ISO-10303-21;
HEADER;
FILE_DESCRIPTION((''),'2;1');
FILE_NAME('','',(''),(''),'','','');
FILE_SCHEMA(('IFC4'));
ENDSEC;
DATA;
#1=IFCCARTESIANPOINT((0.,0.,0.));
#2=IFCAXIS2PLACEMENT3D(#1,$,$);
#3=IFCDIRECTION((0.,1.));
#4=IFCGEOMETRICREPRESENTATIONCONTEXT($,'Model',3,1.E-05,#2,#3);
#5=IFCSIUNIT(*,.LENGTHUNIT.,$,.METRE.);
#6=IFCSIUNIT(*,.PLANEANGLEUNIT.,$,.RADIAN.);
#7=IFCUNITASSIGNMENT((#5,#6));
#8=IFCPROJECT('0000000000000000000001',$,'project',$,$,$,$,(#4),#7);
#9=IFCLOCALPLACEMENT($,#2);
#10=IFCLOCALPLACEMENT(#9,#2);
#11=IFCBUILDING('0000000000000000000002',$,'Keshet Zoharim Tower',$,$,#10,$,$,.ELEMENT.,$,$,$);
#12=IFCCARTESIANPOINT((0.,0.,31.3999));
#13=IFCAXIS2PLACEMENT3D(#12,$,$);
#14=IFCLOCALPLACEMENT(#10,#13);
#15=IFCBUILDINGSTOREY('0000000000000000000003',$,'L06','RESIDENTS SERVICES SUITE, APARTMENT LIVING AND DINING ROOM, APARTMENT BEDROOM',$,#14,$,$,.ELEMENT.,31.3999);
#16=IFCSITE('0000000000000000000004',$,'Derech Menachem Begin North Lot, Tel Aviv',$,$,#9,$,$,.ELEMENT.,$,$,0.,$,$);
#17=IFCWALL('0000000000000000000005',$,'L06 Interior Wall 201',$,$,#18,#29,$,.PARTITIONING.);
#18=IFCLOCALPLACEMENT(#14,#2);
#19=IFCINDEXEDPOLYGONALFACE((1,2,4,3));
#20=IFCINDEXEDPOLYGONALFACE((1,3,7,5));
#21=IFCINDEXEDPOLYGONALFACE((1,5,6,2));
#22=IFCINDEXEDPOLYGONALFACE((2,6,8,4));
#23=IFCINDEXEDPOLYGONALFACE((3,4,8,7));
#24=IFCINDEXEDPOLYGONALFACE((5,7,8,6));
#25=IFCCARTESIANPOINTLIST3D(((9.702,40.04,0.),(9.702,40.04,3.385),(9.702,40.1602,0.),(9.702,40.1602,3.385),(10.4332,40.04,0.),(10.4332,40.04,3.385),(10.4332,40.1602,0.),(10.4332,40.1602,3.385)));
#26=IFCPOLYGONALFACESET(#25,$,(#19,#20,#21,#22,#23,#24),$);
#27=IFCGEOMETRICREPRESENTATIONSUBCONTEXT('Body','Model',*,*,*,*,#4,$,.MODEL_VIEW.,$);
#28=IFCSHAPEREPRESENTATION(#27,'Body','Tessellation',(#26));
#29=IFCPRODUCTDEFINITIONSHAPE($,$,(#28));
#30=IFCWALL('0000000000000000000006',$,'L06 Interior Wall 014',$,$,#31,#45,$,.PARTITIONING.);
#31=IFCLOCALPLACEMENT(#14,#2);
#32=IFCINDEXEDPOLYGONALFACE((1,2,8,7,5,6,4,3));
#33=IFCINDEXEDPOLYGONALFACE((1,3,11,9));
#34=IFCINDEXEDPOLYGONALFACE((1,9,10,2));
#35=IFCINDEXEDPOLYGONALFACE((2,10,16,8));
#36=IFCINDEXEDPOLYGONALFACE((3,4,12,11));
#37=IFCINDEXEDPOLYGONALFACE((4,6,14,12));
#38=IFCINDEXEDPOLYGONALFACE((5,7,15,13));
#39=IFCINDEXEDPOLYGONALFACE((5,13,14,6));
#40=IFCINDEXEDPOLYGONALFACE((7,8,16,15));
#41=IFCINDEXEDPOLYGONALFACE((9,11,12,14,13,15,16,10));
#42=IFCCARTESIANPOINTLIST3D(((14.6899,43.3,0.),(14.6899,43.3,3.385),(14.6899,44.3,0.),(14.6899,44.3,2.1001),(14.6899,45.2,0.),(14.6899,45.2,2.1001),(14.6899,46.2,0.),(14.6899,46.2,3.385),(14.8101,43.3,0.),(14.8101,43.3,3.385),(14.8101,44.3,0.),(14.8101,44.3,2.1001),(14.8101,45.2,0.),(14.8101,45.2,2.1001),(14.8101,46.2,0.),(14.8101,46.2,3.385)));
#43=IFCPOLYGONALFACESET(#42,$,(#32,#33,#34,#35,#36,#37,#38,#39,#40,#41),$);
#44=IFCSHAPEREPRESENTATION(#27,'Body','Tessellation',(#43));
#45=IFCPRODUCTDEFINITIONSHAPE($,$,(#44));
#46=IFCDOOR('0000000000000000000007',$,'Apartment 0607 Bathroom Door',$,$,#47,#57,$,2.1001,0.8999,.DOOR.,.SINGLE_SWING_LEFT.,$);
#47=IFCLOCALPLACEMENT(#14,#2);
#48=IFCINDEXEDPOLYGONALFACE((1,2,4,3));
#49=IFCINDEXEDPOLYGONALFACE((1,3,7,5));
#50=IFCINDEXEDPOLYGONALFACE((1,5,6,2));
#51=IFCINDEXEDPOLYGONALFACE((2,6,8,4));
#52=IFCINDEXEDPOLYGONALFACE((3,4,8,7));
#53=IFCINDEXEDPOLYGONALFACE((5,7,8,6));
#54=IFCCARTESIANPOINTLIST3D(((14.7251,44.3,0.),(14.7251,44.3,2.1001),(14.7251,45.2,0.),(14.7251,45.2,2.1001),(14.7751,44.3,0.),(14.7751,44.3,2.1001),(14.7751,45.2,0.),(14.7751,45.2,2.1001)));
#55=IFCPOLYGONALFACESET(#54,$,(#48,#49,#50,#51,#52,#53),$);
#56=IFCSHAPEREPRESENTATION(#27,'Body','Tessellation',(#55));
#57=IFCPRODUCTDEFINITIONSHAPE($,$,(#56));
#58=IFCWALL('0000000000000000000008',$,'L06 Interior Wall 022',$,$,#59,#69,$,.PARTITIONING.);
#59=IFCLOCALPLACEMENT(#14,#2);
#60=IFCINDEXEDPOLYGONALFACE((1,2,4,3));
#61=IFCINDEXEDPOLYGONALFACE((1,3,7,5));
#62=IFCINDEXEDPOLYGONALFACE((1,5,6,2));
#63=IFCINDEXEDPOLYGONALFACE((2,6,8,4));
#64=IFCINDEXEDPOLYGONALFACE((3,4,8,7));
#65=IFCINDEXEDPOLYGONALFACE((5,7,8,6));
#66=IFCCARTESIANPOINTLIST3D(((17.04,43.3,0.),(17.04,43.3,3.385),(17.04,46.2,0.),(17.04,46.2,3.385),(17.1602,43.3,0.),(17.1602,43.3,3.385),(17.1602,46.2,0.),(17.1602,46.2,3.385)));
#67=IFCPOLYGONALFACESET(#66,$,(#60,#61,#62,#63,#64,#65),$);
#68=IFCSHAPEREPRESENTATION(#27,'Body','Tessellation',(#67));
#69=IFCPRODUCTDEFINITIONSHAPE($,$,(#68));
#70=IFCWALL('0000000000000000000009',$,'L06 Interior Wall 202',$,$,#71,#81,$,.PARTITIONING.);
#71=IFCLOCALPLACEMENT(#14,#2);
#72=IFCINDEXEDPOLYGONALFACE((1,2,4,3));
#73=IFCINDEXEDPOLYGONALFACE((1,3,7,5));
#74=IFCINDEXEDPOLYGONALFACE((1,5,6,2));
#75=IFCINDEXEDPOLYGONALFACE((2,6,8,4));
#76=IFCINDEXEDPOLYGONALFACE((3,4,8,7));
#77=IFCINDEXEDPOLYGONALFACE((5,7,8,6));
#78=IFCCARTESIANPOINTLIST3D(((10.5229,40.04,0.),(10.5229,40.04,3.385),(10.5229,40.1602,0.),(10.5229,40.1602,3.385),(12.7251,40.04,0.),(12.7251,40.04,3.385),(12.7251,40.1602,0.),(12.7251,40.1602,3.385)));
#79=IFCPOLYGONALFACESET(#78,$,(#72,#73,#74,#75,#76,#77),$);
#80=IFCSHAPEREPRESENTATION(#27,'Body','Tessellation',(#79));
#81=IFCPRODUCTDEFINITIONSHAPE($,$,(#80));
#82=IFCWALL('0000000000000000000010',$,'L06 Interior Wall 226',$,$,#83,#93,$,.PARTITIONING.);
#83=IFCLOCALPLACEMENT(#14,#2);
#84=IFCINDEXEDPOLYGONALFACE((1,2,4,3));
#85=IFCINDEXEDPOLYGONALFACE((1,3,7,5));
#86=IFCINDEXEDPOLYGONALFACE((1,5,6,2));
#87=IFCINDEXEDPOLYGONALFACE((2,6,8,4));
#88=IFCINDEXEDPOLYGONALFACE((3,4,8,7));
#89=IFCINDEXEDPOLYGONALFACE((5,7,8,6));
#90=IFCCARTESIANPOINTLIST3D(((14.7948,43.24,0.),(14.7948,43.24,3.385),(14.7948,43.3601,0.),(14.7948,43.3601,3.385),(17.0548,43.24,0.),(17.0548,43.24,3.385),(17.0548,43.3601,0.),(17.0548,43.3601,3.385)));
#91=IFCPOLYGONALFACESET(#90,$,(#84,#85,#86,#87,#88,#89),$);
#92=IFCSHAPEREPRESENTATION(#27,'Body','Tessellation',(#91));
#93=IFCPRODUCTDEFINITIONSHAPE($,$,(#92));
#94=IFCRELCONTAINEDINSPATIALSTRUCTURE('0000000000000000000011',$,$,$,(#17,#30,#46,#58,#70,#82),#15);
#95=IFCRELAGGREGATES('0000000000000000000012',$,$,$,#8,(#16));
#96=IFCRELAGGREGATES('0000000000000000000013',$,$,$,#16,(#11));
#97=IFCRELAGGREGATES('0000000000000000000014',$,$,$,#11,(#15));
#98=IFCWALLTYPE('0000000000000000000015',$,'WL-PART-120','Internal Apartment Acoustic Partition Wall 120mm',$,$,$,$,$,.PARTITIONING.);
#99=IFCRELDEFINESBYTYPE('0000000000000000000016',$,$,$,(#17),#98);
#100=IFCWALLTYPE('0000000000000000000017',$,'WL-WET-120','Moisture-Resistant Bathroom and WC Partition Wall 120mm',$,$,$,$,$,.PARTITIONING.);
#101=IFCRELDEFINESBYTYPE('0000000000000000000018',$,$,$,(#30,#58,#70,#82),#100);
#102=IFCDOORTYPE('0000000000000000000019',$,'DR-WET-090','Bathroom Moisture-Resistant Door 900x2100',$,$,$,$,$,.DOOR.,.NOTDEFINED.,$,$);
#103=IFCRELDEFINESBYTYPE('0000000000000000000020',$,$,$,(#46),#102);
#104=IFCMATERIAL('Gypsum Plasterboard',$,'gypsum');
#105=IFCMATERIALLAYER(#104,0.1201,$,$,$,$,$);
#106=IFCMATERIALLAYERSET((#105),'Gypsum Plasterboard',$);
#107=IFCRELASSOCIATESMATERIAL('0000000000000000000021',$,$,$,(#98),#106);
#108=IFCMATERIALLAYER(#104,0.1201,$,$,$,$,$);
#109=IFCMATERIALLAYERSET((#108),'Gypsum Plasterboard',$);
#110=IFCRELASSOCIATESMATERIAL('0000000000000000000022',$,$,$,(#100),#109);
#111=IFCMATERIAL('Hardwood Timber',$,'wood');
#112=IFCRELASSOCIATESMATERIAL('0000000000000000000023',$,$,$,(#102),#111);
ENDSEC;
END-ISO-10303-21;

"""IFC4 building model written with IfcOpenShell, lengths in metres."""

from ifc_helpers import new_model, si_unit, direction, frame, frame_2d, origin, place, context, subcontext, project, spatial, rectangle, extrude, material, layer, layer_set, type_object, element, fill, save


model = new_model("IFC4")

# Units and contexts
model_context = context("Model", 3, precision=1e-05, world=origin(), true_north=direction((0.0, 1.0)))
body_context = subcontext(model_context, "Body", "Model", "MODEL_VIEW")
ifc_project = project(units=[si_unit("LENGTHUNIT", "METRE"), si_unit("PLANEANGLEUNIT", "RADIAN")], contexts=[model_context])

# Site, building, storey
site_placement = place(None, origin())
site = spatial("IfcSite", under=ifc_project, at=site_placement, Name="Derech Menachem Begin North Lot, Tel Aviv", CompositionType="ELEMENT", RefElevation=0.0)
building_placement = place(site_placement, origin())
building = spatial("IfcBuilding", under=site, at=building_placement, Name="Keshet Zoharim Tower", CompositionType="ELEMENT")
storey_placement = place(building_placement, frame((0.0, 0.0, 31.3999)))
storey = spatial("IfcBuildingStorey", under=building, at=storey_placement, Name="L06", Description="RESIDENTS SERVICES SUITE, APARTMENT LIVING AND DINING ROOM, APARTMENT BEDROOM", CompositionType="ELEMENT", Elevation=31.3999)

# Shared definitions
ifc_material_1 = material(Name="Gypsum Plasterboard", Category="gypsum")

# Shared definitions
ifc_material_2 = material(Name="Hardwood Timber", Category="wood")
ifc_layer_1 = layer(ifc_material_1, 0.1201)
ifc_layer_set_1 = layer_set([ifc_layer_1], Name="Gypsum Plasterboard")
wall_type_1 = type_object("IfcWallType", Name="WL-PART-120", Description="Internal Apartment Acoustic Partition Wall 120mm", PredefinedType="PARTITIONING", material=ifc_layer_set_1)

# Wall
wall_1_placement = place(storey_placement, frame((9.7019, 40.1001, 0.0), z_axis=(0.0, 0.0, 1.0), x_axis=(1.0, 0.0, 0.0)))
element("IfcWall", 1, at=wall_1_placement, inside=storey, type_object=wall_type_1, Name="L06 Interior Wall 201", PredefinedType="PARTITIONING", context=body_context, shape_type="SweptSolid", body=[
    extrude(rectangle(XDim=0.7312, YDim=0.1201, at=frame_2d((0.3657, 0.0))), origin(), (0.0, 0.0, 1.0), 3.385),
])

# Wall, opening, door
ifc_layer_2 = layer(ifc_material_1, 0.1201)
ifc_layer_set_2 = layer_set([ifc_layer_2], Name="Gypsum Plasterboard")
wall_type_2 = type_object("IfcWallType", Name="WL-WET-120", Description="Moisture-Resistant Bathroom and WC Partition Wall 120mm", PredefinedType="PARTITIONING", material=ifc_layer_set_2)
wall_2_placement = place(storey_placement, frame((14.75, 43.3, 0.0), z_axis=(0.0, 0.0, 1.0), x_axis=(0.0, 1.0, 0.0)))
wall_2 = element("IfcWall", 2, at=wall_2_placement, inside=storey, type_object=wall_type_2, Name="L06 Interior Wall 014", PredefinedType="PARTITIONING", context=body_context, shape_type="SweptSolid", body=[
    extrude(rectangle(XDim=2.8999, YDim=0.1201, at=frame_2d((1.45, 0.0))), origin(), (0.0, 0.0, 1.0), 3.385),
])
opening_1_placement = place(wall_2_placement, frame((1.0, 0.0, 0.0)))
opening_1 = element("IfcOpeningElement", 3, at=opening_1_placement, cuts=wall_2, PredefinedType="OPENING", context=body_context, shape_type="SweptSolid", body=[
    extrude(rectangle(XDim=0.8999, YDim=2.1001, at=frame_2d((0.45, 1.05))), frame((0.0, 0.0701, 0.0), z_axis=(0.0, -1.0, 0.0), x_axis=(1.0, 0.0, 0.0)), (0.0, 0.0, 1.0), 0.1401),
])
door_type_1 = type_object("IfcDoorType", Name="DR-WET-090", Description="Bathroom Moisture-Resistant Door 900x2100", OperationType="NOTDEFINED", PredefinedType="DOOR", material=ifc_material_2)
door_1_placement = place(opening_1_placement, origin())
door_1 = element("IfcDoor", 4, at=door_1_placement, inside=storey, type_object=door_type_1, Name="Apartment 0607 Bathroom Door", OperationType="SINGLE_SWING_LEFT", OverallHeight=2.1001, OverallWidth=0.8999, PredefinedType="DOOR", context=body_context, shape_type="SweptSolid", body=[
    extrude(rectangle(XDim=0.8999, YDim=2.1001, at=frame_2d((0.45, 1.05))), frame((0.0, 0.0249, 0.0), z_axis=(0.0, -1.0, 0.0), x_axis=(1.0, 0.0, 0.0)), (0.0, 0.0, 1.0), 0.05),
])
fill(opening_1, door_1)

# Walls
wall_3_placement = place(storey_placement, frame((17.1001, 43.3, 0.0), z_axis=(0.0, 0.0, 1.0), x_axis=(0.0, 1.0, 0.0)))
element("IfcWall", 5, at=wall_3_placement, inside=storey, type_object=wall_type_2, Name="L06 Interior Wall 022", PredefinedType="PARTITIONING", context=body_context, shape_type="SweptSolid", body=[
    extrude(rectangle(XDim=2.8999, YDim=0.1201, at=frame_2d((1.45, 0.0))), origin(), (0.0, 0.0, 1.0), 3.385),
])
wall_4_placement = place(storey_placement, frame((10.5229, 40.1001, 0.0), z_axis=(0.0, 0.0, 1.0), x_axis=(1.0, 0.0, 0.0)))
element("IfcWall", 6, at=wall_4_placement, inside=storey, type_object=wall_type_2, Name="L06 Interior Wall 202", PredefinedType="PARTITIONING", context=body_context, shape_type="SweptSolid", body=[
    extrude(rectangle(XDim=2.2021, YDim=0.1201, at=frame_2d((1.1011, 0.0))), origin(), (0.0, 0.0, 1.0), 3.385),
])
wall_5_placement = place(storey_placement, frame((14.7949, 43.3, 0.0), z_axis=(0.0, 0.0, 1.0), x_axis=(1.0, 0.0, 0.0)))
element("IfcWall", 7, at=wall_5_placement, inside=storey, type_object=wall_type_2, Name="L06 Interior Wall 226", PredefinedType="PARTITIONING", context=body_context, shape_type="SweptSolid", body=[
    extrude(rectangle(XDim=2.26, YDim=0.1201, at=frame_2d((1.1299, 0.0))), origin(), (0.0, 0.0, 1.0), 3.385),
])

save(model, "model.ifc")
